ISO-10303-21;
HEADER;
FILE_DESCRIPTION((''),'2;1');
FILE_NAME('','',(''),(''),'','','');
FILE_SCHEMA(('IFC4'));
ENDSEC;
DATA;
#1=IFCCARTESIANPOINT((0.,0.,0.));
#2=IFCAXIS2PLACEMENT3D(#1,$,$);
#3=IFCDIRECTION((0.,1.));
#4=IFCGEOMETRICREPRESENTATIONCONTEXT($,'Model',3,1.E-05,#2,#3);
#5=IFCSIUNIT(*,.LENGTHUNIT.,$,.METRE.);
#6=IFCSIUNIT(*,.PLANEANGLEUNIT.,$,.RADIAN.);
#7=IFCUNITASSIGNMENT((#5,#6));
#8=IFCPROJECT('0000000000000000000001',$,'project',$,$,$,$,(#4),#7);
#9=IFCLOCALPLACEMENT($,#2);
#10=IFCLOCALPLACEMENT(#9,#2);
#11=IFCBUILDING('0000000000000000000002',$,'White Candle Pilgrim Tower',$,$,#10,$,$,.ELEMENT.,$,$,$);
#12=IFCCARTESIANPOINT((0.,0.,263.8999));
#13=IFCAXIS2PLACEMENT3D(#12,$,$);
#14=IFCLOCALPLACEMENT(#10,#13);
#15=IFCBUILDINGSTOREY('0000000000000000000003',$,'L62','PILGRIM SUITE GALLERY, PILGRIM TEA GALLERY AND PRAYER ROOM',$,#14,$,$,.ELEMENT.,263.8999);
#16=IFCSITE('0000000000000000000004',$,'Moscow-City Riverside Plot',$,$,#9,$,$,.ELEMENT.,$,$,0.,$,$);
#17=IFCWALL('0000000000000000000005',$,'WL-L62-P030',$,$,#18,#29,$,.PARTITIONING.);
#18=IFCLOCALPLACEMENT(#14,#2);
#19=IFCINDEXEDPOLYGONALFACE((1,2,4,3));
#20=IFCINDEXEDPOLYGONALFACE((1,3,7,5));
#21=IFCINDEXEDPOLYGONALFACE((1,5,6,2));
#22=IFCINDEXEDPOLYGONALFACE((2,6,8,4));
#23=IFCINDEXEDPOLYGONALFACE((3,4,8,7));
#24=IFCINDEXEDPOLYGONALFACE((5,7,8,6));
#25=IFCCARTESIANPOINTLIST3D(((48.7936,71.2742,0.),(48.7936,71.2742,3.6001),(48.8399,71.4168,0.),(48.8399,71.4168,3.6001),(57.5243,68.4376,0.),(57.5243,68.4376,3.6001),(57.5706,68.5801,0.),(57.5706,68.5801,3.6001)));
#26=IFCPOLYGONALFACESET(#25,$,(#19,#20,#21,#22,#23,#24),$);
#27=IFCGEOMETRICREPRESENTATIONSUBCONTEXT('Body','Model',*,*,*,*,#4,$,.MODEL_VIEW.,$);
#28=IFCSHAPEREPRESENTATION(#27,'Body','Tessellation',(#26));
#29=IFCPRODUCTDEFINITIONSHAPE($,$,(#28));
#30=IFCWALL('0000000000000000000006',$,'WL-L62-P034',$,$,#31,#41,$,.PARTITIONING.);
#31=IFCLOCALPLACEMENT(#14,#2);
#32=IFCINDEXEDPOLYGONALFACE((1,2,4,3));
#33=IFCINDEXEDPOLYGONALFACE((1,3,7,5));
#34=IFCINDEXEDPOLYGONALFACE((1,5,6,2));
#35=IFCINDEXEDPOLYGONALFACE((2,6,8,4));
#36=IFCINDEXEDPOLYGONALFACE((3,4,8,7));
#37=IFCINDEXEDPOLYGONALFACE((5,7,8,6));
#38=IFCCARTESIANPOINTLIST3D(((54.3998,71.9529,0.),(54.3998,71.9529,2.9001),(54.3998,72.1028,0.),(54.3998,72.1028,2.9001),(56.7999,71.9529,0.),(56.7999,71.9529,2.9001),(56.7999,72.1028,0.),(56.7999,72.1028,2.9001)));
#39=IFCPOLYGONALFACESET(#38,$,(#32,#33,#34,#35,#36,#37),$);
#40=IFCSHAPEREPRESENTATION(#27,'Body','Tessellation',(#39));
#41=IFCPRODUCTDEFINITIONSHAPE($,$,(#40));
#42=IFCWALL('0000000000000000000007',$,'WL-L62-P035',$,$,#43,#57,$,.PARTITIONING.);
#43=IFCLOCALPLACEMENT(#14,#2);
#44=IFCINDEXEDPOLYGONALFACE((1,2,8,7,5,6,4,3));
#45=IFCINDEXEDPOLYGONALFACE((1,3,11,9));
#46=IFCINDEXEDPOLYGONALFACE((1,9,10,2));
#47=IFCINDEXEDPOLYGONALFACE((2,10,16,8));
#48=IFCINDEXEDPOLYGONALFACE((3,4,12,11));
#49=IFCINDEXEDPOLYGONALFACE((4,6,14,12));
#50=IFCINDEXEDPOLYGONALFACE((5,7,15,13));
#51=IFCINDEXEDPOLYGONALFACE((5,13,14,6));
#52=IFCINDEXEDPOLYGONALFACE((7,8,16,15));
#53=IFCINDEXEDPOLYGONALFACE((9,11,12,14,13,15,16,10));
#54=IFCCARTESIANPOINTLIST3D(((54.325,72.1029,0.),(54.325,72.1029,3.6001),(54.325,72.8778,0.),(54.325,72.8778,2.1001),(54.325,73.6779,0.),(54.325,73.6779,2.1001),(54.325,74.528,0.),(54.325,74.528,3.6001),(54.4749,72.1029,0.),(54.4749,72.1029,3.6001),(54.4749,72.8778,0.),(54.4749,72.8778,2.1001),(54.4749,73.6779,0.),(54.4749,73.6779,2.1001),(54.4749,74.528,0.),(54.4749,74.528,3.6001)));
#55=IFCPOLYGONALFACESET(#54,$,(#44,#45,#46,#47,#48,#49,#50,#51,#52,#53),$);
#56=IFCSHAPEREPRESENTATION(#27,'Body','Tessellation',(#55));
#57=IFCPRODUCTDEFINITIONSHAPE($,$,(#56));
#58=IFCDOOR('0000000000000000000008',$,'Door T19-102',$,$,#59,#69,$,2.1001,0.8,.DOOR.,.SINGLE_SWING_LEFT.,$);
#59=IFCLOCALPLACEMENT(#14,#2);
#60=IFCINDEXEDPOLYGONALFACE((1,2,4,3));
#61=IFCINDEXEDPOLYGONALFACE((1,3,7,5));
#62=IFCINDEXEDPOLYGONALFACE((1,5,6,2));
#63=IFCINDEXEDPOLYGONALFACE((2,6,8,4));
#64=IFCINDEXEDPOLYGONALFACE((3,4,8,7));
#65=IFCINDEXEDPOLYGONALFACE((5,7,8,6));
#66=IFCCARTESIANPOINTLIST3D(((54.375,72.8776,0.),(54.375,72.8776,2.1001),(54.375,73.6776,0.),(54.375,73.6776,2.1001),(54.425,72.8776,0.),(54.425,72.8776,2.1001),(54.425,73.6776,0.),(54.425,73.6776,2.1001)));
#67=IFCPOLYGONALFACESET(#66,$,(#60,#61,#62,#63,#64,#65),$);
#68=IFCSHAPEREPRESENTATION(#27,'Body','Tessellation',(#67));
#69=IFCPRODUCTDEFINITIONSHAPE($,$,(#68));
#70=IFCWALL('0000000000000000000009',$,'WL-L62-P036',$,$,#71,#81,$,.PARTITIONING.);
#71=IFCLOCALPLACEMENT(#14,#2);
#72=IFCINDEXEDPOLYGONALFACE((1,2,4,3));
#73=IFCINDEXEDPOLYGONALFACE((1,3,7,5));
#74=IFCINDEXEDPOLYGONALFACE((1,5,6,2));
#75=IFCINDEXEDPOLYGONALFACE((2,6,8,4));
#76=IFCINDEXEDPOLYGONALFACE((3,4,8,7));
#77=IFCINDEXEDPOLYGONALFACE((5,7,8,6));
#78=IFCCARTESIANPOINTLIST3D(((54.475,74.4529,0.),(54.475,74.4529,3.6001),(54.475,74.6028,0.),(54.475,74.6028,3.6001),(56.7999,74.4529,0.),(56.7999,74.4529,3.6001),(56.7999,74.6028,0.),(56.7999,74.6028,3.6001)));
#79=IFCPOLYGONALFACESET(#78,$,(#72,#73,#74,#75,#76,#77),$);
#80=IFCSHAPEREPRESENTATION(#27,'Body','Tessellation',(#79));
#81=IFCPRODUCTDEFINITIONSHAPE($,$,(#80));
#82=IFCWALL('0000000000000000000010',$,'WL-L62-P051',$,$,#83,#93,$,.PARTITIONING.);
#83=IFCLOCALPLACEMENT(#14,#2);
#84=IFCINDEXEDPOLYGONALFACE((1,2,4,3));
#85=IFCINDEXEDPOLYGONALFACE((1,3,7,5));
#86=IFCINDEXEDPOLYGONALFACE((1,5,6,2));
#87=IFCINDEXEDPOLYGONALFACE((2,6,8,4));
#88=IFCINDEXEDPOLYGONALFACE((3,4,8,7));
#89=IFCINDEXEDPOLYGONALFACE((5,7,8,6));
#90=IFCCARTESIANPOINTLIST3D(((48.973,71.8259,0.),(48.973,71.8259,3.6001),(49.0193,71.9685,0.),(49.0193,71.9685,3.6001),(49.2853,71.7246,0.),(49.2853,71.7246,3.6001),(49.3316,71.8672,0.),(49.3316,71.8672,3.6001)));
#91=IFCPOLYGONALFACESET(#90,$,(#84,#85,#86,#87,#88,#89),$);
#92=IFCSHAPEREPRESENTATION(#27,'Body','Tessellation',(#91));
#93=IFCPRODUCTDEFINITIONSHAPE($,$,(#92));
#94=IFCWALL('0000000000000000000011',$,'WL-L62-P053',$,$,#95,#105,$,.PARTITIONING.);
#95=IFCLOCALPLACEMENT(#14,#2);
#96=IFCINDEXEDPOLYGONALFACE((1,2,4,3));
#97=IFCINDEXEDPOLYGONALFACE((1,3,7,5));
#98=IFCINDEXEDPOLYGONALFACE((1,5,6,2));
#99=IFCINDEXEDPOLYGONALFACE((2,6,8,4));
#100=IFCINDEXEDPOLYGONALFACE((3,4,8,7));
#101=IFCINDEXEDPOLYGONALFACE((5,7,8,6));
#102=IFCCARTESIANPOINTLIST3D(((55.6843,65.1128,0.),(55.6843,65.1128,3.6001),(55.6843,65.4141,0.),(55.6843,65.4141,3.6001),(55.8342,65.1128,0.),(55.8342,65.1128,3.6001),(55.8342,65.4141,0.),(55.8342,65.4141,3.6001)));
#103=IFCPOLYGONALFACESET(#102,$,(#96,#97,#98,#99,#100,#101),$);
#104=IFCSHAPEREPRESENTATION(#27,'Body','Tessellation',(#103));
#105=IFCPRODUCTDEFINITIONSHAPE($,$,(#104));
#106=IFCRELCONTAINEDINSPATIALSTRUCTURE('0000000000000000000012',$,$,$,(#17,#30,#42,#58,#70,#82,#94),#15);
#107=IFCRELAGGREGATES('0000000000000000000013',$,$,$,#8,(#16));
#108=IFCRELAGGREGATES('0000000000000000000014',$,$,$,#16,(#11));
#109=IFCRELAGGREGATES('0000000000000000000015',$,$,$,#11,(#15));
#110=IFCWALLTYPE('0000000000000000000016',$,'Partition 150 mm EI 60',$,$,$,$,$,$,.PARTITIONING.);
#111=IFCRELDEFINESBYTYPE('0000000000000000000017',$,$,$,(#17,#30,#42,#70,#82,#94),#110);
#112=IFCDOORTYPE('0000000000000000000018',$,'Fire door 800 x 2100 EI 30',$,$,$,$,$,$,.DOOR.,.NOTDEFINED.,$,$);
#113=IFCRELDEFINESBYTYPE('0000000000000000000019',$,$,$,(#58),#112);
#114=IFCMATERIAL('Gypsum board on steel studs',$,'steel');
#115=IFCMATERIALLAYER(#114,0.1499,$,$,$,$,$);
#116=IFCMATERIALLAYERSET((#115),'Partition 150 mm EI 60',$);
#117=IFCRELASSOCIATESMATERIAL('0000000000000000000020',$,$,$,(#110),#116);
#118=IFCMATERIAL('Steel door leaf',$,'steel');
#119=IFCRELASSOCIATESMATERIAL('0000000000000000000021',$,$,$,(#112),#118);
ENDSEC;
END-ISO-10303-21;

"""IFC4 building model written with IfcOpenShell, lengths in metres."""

from ifc_helpers import new_model, si_unit, direction, frame, frame_2d, origin, place, context, subcontext, project, spatial, rectangle, extrude, material, layer, layer_set, type_object, element, fill, save


model = new_model("IFC4")

# Units and contexts
model_context = context("Model", 3, precision=1e-05, world=origin(), true_north=direction((0.0, 1.0)))
body_context = subcontext(model_context, "Body", "Model", "MODEL_VIEW")
ifc_project = project(units=[si_unit("LENGTHUNIT", "METRE"), si_unit("PLANEANGLEUNIT", "RADIAN")], contexts=[model_context])

# Site, building, storey
site_placement = place(None, origin())
site = spatial("IfcSite", under=ifc_project, at=site_placement, Name="Moscow-City Riverside Plot", CompositionType="ELEMENT", RefElevation=0.0)
building_placement = place(site_placement, origin())
building = spatial("IfcBuilding", under=site, at=building_placement, Name="White Candle Pilgrim Tower", CompositionType="ELEMENT")
storey_placement = place(building_placement, frame((0.0, 0.0, 263.8999)))
storey = spatial("IfcBuildingStorey", under=building, at=storey_placement, Name="L62", Description="PILGRIM SUITE GALLERY, PILGRIM TEA GALLERY AND PRAYER ROOM", CompositionType="ELEMENT", Elevation=263.8999)

# Shared definitions
ifc_material_1 = material(Name="Gypsum board on steel studs", Category="steel")

# Shared definitions
ifc_material_2 = material(Name="Steel door leaf", Category="steel")

# Walls
ifc_layer_1 = layer(ifc_material_1, 0.1499)
ifc_layer_set_1 = layer_set([ifc_layer_1], Name="Partition 150 mm EI 60")
wall_type_1 = type_object("IfcWallType", Name="Partition 150 mm EI 60", PredefinedType="PARTITIONING", material=ifc_layer_set_1)
wall_1_placement = place(storey_placement, frame((48.8169, 71.3455, 0.0), z_axis=(0.0, 0.0, 1.0), x_axis=(0.95106, -0.309006, 0.0)))
element("IfcWall", 1, at=wall_1_placement, inside=storey, type_object=wall_type_1, Name="WL-L62-P030", PredefinedType="PARTITIONING", context=body_context, shape_type="SweptSolid", body=[
    extrude(rectangle(XDim=9.1799, YDim=0.1499, at=frame_2d((4.5898, 0.0))), origin(), (0.0, 0.0, 1.0), 3.6001),
])
wall_2_placement = place(storey_placement, frame((56.8, 72.0278, 0.0), z_axis=(0.0, 0.0, 1.0), x_axis=(-1.0, 0.0, 0.0)))
element("IfcWall", 2, at=wall_2_placement, inside=storey, type_object=wall_type_1, Name="WL-L62-P034", PredefinedType="PARTITIONING", context=body_context, shape_type="SweptSolid", body=[
    extrude(rectangle(XDim=2.4001, YDim=0.1499, at=frame_2d((1.2002, 0.0))), origin(), (0.0, 0.0, 1.0), 2.9001),
])

# Wall, opening, door
wall_3_placement = place(storey_placement, frame((54.3999, 74.5278, 0.0), z_axis=(0.0, 0.0, 1.0), x_axis=(0.0, -1.0, 0.0)))
wall_3 = element("IfcWall", 3, at=wall_3_placement, inside=storey, type_object=wall_type_1, Name="WL-L62-P035", PredefinedType="PARTITIONING", context=body_context, shape_type="SweptSolid", body=[
    extrude(rectangle(XDim=2.425, YDim=0.1499, at=frame_2d((1.2124, 0.0))), origin(), (0.0, 0.0, 1.0), 3.6001),
])
opening_1_placement = place(wall_3_placement, frame((0.8501, 0.0, 0.0)))
opening_1 = element("IfcOpeningElement", 4, at=opening_1_placement, cuts=wall_3, PredefinedType="OPENING", context=body_context, shape_type="SweptSolid", body=[
    extrude(rectangle(XDim=0.8, YDim=2.1001, at=frame_2d((0.3999, 1.05))), frame((0.0, 0.085, 0.0), z_axis=(0.0, -1.0, 0.0), x_axis=(1.0, 0.0, 0.0)), (0.0, 0.0, 1.0), 0.1699),
])
door_type_1 = type_object("IfcDoorType", Name="Fire door 800 x 2100 EI 30", OperationType="NOTDEFINED", PredefinedType="DOOR", material=ifc_material_2)
door_1_placement = place(opening_1_placement, frame((0.8, 0.0, 0.0), z_axis=(0.0, 0.0, 1.0), x_axis=(-1.0, 0.0, 0.0)))
door_1 = element("IfcDoor", 5, at=door_1_placement, inside=storey, type_object=door_type_1, Name="Door T19-102", OperationType="SINGLE_SWING_LEFT", OverallHeight=2.1001, OverallWidth=0.8, PredefinedType="DOOR", context=body_context, shape_type="SweptSolid", body=[
    extrude(rectangle(XDim=0.8, YDim=2.1001, at=frame_2d((0.3999, 1.05))), frame((0.0, 0.0249, 0.0), z_axis=(0.0, -1.0, 0.0), x_axis=(1.0, 0.0, 0.0)), (0.0, 0.0, 1.0), 0.05),
])
fill(opening_1, door_1)

# Walls
wall_4_placement = place(storey_placement, frame((56.8, 74.5278, 0.0), z_axis=(0.0, 0.0, 1.0), x_axis=(-1.0, 0.0, 0.0)))
element("IfcWall", 6, at=wall_4_placement, inside=storey, type_object=wall_type_1, Name="WL-L62-P036", PredefinedType="PARTITIONING", context=body_context, shape_type="SweptSolid", body=[
    extrude(rectangle(XDim=2.325, YDim=0.1499, at=frame_2d((1.1626, 0.0))), origin(), (0.0, 0.0, 1.0), 3.6001),
])
wall_5_placement = place(storey_placement, frame((49.3083, 71.7959, 0.0), z_axis=(0.0, 0.0, 1.0), x_axis=(-0.951182, 0.308632, 0.0)))
element("IfcWall", 7, at=wall_5_placement, inside=storey, type_object=wall_type_1, Name="WL-L62-P051", PredefinedType="PARTITIONING", context=body_context, shape_type="SweptSolid", body=[
    extrude(rectangle(XDim=0.3284, YDim=0.1499, at=frame_2d((0.1641, 0.0))), origin(), (0.0, 0.0, 1.0), 3.6001),
])
wall_6_placement = place(storey_placement, frame((55.7593, 65.4141, 0.0), z_axis=(0.0, 0.0, 1.0), x_axis=(0.0, -1.0, 0.0)))
element("IfcWall", 8, at=wall_6_placement, inside=storey, type_object=wall_type_1, Name="WL-L62-P053", PredefinedType="PARTITIONING", context=body_context, shape_type="SweptSolid", body=[
    extrude(rectangle(XDim=0.3013, YDim=0.1499, at=frame_2d((0.1506, 0.0))), origin(), (0.0, 0.0, 1.0), 3.6001),
])

save(model, "model.ifc")
